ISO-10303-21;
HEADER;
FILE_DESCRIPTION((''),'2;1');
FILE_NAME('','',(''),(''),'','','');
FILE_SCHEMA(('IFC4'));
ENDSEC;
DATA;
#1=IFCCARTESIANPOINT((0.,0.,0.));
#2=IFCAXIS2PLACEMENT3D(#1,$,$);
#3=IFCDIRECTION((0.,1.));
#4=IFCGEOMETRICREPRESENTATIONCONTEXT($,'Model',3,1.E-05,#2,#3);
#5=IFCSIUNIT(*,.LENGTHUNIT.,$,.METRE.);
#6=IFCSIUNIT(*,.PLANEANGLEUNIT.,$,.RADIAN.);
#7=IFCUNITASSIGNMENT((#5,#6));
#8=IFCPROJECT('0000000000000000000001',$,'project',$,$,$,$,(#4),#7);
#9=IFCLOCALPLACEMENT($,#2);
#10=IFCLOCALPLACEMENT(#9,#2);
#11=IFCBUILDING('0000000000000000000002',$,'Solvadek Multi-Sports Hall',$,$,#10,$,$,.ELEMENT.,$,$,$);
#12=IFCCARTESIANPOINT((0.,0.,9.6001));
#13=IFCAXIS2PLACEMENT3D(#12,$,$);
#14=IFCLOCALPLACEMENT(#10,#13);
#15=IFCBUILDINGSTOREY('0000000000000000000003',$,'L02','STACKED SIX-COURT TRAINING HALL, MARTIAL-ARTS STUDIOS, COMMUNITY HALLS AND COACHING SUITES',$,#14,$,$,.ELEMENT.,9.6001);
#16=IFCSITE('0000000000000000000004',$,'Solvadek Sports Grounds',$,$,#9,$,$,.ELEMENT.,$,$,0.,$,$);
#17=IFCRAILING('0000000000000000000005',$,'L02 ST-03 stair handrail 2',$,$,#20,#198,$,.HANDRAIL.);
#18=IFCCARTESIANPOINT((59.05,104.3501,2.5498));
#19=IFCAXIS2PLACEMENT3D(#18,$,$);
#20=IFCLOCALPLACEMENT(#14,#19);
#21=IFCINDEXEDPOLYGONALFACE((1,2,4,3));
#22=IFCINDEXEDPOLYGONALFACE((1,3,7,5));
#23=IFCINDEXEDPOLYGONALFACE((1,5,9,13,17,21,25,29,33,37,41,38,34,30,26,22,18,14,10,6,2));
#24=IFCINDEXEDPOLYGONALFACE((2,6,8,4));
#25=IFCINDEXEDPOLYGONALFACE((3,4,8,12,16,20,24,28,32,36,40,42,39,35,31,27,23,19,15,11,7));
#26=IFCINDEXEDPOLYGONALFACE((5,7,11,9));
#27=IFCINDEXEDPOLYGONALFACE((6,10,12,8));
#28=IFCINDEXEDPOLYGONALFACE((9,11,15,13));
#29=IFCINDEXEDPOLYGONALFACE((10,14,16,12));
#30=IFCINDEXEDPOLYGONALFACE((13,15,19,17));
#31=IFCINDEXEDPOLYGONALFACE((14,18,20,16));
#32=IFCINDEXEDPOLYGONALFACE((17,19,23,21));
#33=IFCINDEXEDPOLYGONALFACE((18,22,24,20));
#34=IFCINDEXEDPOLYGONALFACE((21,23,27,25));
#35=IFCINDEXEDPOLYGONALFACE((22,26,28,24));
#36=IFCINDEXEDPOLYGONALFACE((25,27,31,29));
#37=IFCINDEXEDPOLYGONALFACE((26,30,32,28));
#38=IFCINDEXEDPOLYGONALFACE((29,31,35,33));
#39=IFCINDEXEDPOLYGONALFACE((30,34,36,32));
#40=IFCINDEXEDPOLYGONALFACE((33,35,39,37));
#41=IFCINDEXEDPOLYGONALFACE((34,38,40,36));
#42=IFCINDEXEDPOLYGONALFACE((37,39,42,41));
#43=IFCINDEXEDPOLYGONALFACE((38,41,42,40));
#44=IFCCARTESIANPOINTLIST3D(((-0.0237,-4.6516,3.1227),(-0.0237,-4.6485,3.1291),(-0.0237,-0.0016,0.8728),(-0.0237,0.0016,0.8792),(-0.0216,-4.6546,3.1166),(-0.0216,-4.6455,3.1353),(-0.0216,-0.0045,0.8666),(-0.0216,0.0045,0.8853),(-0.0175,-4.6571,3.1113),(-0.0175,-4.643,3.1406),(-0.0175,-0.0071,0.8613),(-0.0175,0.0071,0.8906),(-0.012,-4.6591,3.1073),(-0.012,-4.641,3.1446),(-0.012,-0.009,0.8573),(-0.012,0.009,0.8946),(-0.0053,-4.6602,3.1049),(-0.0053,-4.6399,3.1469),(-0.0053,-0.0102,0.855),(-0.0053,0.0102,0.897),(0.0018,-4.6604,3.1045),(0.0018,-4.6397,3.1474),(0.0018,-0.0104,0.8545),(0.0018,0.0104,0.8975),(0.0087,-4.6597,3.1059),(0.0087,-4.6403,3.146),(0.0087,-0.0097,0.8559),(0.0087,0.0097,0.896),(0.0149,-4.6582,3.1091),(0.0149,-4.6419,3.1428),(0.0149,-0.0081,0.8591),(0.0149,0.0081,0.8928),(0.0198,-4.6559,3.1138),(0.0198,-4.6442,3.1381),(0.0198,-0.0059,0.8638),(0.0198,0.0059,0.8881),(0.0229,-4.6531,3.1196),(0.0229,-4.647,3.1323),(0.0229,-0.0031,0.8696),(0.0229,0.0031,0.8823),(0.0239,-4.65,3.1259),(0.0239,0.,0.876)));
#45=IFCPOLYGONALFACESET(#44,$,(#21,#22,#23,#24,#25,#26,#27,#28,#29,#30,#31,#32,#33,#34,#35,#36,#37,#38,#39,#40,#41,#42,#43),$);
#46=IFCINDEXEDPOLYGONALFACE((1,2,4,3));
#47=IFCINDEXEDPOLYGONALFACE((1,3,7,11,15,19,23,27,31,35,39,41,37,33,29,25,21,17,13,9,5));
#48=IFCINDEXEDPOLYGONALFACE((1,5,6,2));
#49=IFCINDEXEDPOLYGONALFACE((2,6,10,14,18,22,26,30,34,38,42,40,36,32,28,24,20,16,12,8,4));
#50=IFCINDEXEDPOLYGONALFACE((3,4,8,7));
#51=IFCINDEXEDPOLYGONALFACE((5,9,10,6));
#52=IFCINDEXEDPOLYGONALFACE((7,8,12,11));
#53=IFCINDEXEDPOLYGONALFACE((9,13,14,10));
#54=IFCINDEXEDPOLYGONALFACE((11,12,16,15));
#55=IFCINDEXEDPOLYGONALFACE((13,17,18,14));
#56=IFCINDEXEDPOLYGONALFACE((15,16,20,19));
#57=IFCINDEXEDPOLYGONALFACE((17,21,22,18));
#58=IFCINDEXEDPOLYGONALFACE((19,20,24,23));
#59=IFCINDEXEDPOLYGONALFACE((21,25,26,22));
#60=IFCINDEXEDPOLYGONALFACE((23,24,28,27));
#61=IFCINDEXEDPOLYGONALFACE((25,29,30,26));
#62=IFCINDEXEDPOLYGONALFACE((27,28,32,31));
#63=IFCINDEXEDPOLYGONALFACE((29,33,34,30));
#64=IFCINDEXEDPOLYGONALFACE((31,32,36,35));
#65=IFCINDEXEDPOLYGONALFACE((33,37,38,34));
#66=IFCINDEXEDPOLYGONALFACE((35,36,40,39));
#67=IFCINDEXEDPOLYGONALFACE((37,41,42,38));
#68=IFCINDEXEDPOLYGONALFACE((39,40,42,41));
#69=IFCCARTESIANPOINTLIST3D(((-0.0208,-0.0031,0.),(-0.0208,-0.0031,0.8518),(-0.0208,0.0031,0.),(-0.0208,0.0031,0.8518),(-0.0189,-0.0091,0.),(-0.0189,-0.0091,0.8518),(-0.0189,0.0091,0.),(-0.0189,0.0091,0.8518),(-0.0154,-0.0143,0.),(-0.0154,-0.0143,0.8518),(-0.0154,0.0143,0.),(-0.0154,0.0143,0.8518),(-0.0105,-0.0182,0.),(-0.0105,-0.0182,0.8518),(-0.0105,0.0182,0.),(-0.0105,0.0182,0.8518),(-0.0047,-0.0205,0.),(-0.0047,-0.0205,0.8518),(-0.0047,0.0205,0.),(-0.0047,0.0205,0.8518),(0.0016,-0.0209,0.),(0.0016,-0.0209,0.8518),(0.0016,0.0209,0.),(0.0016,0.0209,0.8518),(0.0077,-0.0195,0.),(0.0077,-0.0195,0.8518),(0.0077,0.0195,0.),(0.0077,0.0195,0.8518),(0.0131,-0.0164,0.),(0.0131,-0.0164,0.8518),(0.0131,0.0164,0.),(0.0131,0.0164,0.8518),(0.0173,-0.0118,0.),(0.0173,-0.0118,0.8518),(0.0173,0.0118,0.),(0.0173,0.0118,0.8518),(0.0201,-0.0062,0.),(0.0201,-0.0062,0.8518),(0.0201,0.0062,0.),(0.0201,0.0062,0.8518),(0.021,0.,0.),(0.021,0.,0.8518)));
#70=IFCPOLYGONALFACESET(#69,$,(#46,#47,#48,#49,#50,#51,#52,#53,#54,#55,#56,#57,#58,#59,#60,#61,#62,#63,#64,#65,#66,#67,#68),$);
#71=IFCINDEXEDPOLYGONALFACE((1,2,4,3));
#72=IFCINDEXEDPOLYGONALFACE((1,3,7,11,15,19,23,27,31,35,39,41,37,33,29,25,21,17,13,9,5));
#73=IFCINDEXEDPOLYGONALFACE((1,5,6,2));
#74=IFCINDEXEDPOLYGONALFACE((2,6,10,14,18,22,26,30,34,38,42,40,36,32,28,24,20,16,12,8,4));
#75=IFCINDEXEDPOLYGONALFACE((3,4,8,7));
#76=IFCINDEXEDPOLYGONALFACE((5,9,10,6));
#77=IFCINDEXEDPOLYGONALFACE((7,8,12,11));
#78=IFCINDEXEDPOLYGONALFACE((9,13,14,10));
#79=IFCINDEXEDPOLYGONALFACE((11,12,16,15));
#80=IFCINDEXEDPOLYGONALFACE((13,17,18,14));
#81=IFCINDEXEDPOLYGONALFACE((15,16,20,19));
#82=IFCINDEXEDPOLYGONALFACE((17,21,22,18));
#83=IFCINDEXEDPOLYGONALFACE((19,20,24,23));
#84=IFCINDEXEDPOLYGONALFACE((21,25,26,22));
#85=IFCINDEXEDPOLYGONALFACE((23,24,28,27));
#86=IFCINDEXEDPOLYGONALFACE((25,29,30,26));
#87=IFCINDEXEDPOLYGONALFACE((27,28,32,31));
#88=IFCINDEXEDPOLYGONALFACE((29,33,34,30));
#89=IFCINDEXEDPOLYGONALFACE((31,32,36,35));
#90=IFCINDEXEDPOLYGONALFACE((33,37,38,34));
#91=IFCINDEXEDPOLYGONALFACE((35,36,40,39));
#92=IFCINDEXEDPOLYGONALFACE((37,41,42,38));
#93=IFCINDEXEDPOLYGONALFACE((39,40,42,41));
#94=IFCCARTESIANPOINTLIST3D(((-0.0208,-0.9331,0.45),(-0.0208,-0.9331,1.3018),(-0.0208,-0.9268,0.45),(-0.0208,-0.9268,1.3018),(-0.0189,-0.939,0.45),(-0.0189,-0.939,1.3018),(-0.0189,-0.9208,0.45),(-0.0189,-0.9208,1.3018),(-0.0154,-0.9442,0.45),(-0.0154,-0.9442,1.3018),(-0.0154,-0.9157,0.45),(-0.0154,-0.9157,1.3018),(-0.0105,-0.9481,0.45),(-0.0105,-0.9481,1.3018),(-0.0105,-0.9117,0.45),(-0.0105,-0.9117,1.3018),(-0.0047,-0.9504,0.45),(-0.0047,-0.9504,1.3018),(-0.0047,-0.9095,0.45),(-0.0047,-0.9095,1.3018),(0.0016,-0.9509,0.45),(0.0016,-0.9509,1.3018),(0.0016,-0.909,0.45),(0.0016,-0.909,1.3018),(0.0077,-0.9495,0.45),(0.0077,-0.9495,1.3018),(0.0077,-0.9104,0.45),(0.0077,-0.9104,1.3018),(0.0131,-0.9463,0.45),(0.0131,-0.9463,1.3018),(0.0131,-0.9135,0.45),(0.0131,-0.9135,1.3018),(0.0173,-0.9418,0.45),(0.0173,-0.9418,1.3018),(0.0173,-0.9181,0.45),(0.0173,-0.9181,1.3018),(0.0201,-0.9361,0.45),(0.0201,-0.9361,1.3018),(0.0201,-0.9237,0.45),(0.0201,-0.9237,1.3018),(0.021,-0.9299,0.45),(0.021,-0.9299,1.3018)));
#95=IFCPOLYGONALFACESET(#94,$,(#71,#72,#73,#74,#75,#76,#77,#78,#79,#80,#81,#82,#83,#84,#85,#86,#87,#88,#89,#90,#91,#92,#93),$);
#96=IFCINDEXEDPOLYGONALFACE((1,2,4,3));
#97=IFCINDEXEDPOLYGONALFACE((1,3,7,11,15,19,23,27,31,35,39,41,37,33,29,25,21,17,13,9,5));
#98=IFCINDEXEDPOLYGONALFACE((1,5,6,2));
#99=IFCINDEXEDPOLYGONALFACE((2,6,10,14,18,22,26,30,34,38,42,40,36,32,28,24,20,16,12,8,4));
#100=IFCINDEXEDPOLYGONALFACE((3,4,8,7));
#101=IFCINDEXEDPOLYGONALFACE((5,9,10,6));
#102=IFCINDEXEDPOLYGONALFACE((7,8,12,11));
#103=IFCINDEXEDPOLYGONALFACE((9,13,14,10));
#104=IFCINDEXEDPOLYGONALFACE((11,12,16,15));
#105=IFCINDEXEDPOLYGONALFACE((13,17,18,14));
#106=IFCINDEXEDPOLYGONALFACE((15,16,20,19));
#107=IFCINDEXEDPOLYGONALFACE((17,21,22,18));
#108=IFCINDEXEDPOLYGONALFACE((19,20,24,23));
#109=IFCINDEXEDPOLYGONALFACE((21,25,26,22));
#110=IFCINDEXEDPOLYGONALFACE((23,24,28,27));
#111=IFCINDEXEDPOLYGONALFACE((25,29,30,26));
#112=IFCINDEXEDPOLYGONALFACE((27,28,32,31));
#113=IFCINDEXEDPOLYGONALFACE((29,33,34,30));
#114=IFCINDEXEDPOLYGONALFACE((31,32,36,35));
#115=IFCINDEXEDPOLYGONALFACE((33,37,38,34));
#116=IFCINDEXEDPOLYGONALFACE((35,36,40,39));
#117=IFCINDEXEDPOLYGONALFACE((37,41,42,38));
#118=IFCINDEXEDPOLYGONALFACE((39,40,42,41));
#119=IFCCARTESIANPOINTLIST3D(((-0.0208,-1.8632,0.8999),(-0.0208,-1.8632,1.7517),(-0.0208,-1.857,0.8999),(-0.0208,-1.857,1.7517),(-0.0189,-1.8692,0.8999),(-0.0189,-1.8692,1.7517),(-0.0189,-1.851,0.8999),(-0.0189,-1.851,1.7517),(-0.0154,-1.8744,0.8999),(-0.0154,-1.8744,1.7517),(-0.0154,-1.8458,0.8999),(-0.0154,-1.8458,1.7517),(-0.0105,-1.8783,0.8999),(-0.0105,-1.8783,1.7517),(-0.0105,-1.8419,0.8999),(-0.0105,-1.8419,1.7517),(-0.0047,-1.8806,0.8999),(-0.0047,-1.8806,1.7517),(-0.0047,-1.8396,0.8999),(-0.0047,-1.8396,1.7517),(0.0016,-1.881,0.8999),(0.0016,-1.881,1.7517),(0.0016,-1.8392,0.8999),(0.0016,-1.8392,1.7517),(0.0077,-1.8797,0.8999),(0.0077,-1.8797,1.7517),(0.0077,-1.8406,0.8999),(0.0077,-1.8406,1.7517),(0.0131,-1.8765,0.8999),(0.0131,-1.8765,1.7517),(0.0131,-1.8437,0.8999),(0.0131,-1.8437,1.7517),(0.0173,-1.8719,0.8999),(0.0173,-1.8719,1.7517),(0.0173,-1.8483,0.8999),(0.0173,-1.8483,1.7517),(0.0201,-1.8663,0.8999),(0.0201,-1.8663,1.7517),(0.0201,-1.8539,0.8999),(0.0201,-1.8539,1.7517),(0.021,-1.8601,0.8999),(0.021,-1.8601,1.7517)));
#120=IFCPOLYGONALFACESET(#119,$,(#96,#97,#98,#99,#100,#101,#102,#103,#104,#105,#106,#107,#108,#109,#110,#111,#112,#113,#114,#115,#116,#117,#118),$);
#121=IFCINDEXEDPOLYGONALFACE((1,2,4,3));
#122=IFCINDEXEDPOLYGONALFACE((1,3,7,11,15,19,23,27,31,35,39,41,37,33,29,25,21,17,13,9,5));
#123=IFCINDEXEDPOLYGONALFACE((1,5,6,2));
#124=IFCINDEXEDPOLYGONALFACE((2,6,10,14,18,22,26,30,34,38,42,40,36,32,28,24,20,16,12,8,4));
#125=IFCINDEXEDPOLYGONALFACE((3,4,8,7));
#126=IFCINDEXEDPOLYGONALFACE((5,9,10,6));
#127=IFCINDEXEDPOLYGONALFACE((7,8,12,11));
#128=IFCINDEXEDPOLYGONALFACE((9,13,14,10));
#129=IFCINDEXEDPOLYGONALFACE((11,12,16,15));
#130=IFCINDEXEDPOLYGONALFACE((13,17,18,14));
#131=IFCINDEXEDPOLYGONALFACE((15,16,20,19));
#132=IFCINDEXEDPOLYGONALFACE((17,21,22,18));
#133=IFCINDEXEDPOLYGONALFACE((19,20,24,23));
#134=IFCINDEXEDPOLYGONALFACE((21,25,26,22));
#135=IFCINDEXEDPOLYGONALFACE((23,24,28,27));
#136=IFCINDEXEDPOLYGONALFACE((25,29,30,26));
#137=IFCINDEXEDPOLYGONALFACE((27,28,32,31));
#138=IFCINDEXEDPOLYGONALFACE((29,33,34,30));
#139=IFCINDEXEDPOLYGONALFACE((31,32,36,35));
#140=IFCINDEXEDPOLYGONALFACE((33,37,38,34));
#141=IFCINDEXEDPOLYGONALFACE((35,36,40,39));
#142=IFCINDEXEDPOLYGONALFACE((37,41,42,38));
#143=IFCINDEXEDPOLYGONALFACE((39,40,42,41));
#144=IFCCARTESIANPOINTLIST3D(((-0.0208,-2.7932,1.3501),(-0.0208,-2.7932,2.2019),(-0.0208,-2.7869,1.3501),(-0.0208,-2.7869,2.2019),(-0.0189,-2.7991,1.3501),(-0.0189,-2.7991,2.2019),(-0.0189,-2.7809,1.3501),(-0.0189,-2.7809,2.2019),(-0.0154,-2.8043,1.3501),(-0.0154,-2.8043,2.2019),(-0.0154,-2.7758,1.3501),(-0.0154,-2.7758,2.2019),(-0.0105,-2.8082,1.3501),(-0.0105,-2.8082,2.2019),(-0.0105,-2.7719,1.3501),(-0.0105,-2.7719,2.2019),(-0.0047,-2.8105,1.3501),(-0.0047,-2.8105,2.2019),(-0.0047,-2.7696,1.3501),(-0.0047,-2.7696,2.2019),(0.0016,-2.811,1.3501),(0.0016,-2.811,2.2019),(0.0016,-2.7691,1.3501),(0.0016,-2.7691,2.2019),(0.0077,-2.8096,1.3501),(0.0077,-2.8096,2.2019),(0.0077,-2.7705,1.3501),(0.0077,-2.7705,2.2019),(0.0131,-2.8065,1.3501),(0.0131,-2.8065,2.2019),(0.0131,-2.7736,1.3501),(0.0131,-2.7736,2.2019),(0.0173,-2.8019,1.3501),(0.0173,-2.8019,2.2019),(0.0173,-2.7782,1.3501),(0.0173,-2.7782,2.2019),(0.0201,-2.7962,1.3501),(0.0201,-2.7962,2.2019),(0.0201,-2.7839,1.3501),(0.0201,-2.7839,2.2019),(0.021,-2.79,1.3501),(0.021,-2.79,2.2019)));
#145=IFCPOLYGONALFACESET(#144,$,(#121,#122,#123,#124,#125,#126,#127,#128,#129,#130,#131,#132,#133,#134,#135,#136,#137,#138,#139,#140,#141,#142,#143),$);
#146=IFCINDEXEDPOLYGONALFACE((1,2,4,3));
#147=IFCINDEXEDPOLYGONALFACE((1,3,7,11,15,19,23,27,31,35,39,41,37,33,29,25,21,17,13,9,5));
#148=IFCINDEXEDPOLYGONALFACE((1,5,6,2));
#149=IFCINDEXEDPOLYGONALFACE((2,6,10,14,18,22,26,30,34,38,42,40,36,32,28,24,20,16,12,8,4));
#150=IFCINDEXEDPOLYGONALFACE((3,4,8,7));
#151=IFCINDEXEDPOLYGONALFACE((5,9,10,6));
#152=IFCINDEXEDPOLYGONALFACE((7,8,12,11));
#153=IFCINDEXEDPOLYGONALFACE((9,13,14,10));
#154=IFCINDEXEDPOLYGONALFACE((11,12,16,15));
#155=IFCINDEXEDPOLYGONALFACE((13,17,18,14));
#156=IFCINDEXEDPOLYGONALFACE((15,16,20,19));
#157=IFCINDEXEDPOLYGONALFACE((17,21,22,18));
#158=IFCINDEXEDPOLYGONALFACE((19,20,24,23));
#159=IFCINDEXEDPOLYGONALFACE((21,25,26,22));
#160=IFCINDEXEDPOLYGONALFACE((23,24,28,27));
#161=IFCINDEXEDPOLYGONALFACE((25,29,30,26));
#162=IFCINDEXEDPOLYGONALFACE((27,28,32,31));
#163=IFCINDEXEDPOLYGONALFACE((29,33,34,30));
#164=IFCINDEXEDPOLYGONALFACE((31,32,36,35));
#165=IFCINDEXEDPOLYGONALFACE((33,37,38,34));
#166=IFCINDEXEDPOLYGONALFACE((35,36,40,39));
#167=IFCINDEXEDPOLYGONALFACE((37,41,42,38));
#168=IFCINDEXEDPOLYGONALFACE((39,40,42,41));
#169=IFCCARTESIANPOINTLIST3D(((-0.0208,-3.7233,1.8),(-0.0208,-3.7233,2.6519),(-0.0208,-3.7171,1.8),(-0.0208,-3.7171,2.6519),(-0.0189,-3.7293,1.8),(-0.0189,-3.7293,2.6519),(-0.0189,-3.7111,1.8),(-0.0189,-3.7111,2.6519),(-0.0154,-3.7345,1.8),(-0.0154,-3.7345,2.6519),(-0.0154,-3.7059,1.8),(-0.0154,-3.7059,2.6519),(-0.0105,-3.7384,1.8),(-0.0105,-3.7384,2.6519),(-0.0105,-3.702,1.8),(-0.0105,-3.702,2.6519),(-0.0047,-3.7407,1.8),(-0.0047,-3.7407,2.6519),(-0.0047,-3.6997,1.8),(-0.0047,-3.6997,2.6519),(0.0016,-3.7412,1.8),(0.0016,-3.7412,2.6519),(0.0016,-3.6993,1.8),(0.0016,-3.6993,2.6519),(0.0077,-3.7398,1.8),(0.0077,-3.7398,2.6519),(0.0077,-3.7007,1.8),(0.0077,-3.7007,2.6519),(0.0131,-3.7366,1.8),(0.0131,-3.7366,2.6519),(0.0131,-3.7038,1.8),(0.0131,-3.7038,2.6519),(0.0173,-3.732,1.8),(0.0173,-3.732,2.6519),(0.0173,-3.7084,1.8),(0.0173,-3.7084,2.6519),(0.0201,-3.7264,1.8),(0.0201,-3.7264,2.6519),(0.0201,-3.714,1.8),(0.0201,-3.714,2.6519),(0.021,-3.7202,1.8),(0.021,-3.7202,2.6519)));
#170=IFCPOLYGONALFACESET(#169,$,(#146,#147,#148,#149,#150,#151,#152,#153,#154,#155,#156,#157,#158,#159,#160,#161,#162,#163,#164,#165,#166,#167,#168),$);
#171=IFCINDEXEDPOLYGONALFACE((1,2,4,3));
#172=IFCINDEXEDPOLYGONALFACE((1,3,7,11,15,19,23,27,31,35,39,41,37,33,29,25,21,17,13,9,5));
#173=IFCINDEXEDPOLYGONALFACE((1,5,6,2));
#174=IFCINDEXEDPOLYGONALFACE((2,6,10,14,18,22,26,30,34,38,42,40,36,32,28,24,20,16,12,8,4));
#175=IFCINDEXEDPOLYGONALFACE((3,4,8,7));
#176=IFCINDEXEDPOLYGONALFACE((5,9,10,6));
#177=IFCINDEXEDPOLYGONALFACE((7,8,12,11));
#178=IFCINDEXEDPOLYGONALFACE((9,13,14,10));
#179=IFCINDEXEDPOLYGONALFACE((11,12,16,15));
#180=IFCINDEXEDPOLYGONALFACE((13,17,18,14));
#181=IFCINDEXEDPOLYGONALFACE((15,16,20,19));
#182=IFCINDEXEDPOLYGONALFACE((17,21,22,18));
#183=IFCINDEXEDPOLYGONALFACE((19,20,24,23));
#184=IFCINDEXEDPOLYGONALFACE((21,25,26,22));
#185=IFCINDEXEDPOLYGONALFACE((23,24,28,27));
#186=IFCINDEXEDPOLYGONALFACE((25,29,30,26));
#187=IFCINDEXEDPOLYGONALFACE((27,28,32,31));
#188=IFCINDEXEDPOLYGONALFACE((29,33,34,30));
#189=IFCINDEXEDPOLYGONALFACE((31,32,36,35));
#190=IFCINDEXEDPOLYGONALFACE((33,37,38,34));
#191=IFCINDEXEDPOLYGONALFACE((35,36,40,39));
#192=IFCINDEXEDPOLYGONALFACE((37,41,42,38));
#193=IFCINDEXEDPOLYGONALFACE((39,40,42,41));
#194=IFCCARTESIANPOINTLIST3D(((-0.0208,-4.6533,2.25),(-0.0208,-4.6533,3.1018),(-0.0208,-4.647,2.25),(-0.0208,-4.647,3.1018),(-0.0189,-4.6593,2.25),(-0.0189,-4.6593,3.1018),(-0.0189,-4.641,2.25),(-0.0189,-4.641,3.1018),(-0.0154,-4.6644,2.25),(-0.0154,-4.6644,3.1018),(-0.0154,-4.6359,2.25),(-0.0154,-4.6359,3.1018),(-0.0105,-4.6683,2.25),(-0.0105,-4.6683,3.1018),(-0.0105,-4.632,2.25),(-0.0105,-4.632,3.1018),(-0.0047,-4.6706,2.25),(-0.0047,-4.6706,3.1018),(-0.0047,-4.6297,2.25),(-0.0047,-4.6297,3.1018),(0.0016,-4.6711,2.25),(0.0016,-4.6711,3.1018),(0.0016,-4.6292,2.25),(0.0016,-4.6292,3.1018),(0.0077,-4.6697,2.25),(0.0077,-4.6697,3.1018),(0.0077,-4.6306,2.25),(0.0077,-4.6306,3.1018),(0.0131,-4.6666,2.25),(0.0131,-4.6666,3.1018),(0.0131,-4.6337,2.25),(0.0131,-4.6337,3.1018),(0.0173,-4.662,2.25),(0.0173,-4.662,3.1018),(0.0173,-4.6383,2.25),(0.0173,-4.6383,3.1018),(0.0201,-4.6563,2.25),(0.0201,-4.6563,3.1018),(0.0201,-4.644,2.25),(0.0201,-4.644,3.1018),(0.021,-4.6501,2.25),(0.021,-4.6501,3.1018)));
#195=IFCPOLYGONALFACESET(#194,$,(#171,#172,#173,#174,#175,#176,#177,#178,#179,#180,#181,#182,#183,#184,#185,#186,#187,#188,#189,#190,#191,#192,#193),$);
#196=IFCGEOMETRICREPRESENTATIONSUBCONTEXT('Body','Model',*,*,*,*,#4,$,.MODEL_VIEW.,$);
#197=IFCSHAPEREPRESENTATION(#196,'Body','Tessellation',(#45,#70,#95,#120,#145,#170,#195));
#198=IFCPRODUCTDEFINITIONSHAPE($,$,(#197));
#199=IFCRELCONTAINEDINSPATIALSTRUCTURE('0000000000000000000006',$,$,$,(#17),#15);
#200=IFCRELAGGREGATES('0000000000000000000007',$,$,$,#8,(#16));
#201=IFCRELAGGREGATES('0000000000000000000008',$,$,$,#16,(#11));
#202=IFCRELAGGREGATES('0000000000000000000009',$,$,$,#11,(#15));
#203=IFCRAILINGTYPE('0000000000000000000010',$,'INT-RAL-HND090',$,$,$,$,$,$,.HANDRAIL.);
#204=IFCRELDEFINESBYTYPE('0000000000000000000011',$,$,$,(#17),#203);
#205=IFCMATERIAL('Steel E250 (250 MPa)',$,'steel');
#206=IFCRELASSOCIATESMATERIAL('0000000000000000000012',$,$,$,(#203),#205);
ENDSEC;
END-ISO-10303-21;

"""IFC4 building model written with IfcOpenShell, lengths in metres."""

from ifc_helpers import new_model, si_unit, direction, frame, origin, origin_2d, place, context, subcontext, project, spatial, circle, extrude, material, type_object, element, save


model = new_model("IFC4")

# Units and contexts
model_context = context("Model", 3, precision=1e-05, world=origin(), true_north=direction((0.0, 1.0)))
body_context = subcontext(model_context, "Body", "Model", "MODEL_VIEW")
ifc_project = project(units=[si_unit("LENGTHUNIT", "METRE"), si_unit("PLANEANGLEUNIT", "RADIAN")], contexts=[model_context])

# Site, building, storey
site_placement = place(None, origin())
site = spatial("IfcSite", under=ifc_project, at=site_placement, Name="Solvadek Sports Grounds", CompositionType="ELEMENT", RefElevation=0.0)
building_placement = place(site_placement, origin())
building = spatial("IfcBuilding", under=site, at=building_placement, Name="Solvadek Multi-Sports Hall", CompositionType="ELEMENT")
storey_placement = place(building_placement, frame((0.0, 0.0, 9.6001)))
storey = spatial("IfcBuildingStorey", under=building, at=storey_placement, Name="L02", Description="STACKED SIX-COURT TRAINING HALL, MARTIAL-ARTS STUDIOS, COMMUNITY HALLS AND COACHING SUITES", CompositionType="ELEMENT", Elevation=9.6001)

# Shared definitions
ifc_material_1 = material(Name="Steel E250 (250 MPa)", Category="steel")

# Railing
railing_type_1 = type_object("IfcRailingType", Name="INT-RAL-HND090", PredefinedType="HANDRAIL", material=ifc_material_1)
railing_1_placement = place(storey_placement, frame((59.05, 104.3501, 2.5498)))
element("IfcRailing", 1, at=railing_1_placement, inside=storey, type_object=railing_type_1, Name="L02 ST-03 stair handrail 2", PredefinedType="HANDRAIL", context=body_context, shape_type="SweptSolid", body=[
    extrude(circle(Radius=0.0239, at=origin_2d()), frame((0.0, 0.0, 0.876), z_axis=(0.0, -0.900165, 0.43555), x_axis=(1.0, 0.0, 0.0)), (0.0, 0.0, 1.0), 5.1658),
    extrude(circle(Radius=0.021, at=origin_2d()), origin(), (0.0, 0.0, 1.0), 0.8518),
    extrude(circle(Radius=0.021, at=origin_2d()), frame((0.0, -0.9299, 0.45)), (0.0, 0.0, 1.0), 0.8518),
    extrude(circle(Radius=0.021, at=origin_2d()), frame((0.0, -1.8601, 0.8999)), (0.0, 0.0, 1.0), 0.8518),
    extrude(circle(Radius=0.021, at=origin_2d()), frame((0.0, -2.79, 1.3501)), (0.0, 0.0, 1.0), 0.8518),
    extrude(circle(Radius=0.021, at=origin_2d()), frame((0.0, -3.7202, 1.8)), (0.0, 0.0, 1.0), 0.8518),
    extrude(circle(Radius=0.021, at=origin_2d()), frame((0.0, -4.6501, 2.25)), (0.0, 0.0, 1.0), 0.8518),
])

save(model, "model.ifc")
